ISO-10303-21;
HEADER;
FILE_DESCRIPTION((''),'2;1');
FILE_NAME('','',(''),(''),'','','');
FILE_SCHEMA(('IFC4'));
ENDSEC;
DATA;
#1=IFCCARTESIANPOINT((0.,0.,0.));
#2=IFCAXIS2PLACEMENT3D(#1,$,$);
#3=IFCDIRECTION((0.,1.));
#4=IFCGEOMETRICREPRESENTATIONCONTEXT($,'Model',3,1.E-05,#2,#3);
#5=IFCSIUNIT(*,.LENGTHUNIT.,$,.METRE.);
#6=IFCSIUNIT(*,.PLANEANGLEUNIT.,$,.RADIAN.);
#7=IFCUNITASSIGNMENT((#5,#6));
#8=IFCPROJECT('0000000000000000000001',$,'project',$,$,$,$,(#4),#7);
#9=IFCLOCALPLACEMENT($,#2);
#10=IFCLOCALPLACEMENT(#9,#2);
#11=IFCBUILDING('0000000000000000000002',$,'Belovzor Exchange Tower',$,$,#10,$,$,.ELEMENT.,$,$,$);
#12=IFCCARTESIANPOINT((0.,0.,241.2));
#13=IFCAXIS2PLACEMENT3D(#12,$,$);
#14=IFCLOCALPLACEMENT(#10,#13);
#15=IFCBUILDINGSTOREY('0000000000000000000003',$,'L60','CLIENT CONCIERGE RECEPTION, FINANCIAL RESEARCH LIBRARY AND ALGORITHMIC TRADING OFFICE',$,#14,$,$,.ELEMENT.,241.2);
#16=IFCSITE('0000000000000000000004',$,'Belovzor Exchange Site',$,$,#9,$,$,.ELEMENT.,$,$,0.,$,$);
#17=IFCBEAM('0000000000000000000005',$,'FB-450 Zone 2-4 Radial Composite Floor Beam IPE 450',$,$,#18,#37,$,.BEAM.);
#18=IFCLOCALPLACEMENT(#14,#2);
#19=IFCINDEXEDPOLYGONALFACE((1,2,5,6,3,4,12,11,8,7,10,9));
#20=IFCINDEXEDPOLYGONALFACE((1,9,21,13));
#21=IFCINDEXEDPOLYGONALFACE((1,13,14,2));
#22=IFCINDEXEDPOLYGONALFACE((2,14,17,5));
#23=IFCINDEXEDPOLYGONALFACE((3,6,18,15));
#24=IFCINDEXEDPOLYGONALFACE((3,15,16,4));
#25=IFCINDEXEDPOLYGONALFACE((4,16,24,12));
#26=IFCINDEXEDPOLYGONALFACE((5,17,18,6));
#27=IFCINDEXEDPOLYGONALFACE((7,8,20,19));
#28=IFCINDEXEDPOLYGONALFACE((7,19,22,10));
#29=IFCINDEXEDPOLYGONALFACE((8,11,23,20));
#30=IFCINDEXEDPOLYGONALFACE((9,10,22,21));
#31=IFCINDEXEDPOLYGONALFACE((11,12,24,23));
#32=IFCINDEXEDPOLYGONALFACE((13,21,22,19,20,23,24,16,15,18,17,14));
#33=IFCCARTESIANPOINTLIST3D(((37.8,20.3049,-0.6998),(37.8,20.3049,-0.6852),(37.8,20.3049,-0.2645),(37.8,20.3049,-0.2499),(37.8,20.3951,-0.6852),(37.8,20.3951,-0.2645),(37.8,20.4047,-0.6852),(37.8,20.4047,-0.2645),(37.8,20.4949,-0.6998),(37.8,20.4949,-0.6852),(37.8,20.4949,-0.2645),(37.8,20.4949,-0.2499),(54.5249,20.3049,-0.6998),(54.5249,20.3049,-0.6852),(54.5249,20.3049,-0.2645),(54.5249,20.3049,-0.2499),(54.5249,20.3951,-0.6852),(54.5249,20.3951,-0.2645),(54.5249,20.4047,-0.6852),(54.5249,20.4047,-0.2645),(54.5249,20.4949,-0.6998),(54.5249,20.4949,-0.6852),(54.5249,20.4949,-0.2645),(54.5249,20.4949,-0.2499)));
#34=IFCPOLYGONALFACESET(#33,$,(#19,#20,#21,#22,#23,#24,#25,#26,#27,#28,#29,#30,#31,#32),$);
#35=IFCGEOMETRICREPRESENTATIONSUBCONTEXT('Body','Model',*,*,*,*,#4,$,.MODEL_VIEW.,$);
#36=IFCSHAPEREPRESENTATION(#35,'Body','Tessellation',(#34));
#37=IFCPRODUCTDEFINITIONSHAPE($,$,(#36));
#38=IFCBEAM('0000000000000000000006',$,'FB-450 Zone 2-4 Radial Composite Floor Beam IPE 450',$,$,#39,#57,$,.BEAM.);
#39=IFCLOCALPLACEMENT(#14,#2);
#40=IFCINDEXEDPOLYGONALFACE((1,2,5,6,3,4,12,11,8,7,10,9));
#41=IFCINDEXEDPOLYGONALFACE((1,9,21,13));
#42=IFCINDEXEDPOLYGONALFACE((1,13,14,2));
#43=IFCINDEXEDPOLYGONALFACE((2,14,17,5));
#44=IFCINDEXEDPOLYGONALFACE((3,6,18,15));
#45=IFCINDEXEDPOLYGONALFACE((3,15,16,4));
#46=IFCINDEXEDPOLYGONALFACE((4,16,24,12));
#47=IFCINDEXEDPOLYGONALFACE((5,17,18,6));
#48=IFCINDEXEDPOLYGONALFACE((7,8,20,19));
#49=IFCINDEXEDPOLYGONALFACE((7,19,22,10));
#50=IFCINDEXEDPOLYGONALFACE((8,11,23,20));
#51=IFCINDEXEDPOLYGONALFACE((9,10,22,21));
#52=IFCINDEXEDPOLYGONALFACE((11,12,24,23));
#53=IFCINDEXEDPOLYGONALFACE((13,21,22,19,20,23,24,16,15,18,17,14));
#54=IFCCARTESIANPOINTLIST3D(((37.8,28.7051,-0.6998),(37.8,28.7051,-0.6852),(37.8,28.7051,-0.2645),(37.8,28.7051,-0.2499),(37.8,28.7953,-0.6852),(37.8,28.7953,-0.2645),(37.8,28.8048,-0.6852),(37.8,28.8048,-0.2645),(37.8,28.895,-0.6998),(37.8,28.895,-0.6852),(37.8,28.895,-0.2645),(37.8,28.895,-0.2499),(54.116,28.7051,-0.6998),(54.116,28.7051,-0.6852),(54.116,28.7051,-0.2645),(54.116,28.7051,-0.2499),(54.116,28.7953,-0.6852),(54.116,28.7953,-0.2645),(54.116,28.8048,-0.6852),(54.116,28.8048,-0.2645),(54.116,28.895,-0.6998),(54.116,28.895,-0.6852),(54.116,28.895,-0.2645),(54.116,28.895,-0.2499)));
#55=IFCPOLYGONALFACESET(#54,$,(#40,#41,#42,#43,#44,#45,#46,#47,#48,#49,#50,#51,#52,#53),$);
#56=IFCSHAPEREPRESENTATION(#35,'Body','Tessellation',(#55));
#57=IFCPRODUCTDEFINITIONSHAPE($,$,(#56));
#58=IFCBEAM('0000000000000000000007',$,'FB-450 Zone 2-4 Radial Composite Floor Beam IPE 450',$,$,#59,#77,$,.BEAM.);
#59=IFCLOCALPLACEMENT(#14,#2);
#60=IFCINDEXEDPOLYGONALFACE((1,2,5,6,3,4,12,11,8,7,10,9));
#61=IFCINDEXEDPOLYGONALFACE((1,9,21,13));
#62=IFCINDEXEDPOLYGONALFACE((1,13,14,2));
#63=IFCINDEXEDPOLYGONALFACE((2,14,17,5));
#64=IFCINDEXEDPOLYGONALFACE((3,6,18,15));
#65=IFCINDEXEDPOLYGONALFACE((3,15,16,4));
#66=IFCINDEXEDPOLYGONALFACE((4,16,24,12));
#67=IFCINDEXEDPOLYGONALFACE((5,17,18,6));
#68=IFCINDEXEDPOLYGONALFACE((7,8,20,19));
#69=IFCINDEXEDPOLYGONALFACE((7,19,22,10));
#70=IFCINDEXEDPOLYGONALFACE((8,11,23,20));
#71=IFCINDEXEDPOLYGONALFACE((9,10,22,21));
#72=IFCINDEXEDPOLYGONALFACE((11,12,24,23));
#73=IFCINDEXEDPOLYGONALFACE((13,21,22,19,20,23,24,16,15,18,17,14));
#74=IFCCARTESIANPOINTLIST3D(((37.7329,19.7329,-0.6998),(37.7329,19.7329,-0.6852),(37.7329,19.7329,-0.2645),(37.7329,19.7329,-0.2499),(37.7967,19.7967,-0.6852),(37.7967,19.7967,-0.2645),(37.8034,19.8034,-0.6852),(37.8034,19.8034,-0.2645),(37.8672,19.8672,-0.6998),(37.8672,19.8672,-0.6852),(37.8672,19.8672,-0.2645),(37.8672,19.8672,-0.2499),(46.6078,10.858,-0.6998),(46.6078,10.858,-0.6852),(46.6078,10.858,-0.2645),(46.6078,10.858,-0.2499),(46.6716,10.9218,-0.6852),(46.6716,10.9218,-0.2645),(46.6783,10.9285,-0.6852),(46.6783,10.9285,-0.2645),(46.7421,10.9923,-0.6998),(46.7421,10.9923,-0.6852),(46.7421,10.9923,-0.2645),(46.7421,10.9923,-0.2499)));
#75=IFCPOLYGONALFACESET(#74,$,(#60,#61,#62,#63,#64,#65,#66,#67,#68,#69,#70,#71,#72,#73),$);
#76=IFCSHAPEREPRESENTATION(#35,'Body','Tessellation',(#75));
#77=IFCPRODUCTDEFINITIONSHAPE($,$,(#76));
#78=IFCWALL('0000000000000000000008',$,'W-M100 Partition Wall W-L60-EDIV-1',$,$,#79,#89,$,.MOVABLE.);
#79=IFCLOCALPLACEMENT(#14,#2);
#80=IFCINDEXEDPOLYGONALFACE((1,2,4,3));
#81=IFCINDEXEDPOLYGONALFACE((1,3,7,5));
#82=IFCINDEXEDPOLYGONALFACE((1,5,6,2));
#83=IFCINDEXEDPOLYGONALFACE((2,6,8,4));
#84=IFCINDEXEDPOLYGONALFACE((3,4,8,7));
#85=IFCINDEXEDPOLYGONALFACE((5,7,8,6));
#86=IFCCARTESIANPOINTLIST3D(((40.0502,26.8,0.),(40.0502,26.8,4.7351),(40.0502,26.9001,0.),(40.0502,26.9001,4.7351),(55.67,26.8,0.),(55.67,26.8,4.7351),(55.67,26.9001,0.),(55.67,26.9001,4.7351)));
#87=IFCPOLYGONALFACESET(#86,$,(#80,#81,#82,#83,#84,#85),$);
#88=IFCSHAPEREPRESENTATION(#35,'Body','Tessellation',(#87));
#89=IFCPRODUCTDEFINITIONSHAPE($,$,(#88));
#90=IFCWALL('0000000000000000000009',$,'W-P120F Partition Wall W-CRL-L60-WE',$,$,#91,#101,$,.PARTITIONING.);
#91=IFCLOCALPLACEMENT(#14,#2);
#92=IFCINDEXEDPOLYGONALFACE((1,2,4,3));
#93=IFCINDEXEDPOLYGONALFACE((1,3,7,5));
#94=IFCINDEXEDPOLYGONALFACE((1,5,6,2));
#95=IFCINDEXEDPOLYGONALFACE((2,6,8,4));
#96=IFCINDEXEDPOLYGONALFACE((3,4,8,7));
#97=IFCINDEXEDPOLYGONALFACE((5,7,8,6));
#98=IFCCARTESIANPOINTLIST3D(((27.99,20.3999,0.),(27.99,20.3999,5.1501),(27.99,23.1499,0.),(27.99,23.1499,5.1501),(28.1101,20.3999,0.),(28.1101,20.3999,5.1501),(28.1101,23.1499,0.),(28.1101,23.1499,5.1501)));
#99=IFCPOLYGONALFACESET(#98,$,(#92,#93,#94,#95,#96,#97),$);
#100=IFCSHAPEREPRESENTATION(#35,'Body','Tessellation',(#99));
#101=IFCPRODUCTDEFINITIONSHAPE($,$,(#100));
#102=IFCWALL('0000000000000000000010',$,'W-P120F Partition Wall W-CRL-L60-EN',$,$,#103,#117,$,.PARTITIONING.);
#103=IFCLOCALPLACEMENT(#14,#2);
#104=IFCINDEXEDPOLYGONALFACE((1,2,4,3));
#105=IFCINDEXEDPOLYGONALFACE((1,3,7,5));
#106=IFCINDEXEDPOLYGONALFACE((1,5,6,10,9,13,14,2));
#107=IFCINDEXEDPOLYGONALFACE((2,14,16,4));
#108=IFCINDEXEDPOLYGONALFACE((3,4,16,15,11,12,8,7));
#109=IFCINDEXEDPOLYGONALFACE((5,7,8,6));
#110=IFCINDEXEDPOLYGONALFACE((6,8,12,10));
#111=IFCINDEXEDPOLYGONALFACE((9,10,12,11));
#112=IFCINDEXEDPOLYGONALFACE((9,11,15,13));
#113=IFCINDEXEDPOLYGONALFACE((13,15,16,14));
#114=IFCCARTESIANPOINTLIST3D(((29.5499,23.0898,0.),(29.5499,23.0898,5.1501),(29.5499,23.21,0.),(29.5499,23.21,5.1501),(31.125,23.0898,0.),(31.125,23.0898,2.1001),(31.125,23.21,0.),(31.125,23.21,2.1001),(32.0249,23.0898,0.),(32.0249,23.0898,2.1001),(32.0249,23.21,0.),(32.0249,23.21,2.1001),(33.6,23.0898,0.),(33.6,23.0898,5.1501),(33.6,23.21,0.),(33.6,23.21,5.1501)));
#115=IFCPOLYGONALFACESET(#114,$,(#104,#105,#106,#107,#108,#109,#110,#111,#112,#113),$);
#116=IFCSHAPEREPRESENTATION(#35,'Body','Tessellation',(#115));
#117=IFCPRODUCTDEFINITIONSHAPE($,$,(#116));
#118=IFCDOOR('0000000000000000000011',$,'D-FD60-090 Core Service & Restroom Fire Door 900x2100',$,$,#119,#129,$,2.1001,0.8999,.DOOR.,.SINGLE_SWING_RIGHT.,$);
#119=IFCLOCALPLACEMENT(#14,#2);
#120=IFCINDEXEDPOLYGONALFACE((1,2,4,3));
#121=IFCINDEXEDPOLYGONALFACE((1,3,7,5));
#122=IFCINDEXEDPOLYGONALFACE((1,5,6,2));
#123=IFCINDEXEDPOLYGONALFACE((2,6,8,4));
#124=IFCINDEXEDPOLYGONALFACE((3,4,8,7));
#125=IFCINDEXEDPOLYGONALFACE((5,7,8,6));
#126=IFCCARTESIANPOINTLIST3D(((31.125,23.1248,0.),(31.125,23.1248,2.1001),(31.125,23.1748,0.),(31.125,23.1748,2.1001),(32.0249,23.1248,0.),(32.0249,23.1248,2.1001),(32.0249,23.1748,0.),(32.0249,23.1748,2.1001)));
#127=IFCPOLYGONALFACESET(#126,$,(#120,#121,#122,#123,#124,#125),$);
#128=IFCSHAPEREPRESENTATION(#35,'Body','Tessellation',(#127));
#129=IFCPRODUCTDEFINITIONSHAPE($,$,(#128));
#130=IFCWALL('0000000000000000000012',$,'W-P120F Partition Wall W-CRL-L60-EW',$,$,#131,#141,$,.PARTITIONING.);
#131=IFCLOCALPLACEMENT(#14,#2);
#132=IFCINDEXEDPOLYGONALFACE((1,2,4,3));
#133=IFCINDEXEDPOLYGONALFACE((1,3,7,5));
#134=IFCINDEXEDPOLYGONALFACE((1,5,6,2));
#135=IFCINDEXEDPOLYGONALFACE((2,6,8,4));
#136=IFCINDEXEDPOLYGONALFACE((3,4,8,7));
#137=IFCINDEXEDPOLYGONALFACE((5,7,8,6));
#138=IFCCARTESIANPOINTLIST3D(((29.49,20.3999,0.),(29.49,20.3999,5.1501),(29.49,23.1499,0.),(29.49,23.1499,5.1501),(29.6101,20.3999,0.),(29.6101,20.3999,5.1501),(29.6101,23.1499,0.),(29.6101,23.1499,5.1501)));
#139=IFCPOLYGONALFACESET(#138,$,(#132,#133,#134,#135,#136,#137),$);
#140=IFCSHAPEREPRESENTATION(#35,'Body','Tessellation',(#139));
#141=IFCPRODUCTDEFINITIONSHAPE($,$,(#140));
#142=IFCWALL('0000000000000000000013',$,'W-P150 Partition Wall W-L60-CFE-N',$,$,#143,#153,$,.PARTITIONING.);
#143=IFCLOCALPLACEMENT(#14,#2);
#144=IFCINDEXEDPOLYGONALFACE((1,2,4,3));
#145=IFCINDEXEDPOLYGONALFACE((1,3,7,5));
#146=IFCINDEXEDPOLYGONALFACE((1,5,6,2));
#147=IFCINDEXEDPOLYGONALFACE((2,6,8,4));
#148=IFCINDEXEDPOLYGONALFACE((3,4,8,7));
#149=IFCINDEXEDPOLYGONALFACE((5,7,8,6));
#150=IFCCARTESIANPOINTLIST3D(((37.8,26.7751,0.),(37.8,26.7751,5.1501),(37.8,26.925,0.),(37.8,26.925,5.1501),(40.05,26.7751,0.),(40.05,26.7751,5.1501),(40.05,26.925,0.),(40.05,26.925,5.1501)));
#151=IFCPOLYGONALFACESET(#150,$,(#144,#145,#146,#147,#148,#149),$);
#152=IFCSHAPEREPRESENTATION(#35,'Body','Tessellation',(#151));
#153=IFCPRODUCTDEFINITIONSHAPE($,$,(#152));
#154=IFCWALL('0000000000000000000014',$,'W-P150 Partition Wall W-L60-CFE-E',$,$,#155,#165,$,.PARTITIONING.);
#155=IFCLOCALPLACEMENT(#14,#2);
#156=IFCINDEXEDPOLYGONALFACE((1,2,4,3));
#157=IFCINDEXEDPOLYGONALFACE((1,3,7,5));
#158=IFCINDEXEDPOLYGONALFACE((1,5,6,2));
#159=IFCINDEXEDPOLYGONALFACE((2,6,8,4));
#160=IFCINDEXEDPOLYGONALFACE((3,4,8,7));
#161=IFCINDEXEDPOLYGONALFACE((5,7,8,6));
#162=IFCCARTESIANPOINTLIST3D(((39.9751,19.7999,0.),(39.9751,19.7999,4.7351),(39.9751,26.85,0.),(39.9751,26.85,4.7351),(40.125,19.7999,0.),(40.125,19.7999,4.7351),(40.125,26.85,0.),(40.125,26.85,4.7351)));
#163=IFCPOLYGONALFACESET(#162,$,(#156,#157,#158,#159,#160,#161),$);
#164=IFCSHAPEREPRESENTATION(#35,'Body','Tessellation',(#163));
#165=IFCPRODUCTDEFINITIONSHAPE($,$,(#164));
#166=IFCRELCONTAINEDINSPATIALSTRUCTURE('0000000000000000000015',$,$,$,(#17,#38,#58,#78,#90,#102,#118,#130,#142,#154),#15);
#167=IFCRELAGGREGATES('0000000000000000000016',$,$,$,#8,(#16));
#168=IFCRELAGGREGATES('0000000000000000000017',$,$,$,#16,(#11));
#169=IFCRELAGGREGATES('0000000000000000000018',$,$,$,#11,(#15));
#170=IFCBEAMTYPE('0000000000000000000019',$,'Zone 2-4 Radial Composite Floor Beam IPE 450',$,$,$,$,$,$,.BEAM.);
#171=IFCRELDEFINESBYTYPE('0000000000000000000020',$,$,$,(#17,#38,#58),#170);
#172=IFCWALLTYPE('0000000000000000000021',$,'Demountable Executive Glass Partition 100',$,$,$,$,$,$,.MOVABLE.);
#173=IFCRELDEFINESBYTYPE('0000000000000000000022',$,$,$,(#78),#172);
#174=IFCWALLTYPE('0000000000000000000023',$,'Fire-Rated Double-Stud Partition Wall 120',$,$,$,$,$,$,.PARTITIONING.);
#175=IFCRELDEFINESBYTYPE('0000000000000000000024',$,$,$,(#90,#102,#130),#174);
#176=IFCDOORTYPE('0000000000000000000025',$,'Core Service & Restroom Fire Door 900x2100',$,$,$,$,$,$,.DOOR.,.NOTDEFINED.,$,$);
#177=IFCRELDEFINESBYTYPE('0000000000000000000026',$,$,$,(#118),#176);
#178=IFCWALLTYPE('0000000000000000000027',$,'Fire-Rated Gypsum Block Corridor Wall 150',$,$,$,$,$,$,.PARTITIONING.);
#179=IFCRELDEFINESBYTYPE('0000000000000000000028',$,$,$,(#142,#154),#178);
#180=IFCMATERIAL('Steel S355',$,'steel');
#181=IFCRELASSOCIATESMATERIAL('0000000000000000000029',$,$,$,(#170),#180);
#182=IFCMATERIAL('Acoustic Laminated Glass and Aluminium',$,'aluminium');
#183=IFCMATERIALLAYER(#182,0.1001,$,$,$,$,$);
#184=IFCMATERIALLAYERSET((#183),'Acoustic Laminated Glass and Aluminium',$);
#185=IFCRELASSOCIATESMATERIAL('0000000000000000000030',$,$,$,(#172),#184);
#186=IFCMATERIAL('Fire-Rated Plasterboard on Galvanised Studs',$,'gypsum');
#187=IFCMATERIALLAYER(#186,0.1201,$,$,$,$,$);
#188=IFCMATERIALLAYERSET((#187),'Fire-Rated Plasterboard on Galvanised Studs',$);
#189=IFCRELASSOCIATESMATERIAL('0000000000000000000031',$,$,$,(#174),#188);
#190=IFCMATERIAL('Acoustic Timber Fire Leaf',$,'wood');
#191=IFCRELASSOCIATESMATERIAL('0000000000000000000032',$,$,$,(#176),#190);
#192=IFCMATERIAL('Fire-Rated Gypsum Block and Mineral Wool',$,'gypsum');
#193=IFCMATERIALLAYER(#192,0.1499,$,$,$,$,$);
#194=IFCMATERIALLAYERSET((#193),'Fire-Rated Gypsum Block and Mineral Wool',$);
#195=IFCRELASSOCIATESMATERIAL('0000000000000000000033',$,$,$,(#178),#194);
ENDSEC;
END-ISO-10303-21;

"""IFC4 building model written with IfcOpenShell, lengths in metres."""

from ifc_helpers import new_model, si_unit, direction, frame, frame_2d, origin, origin_2d, place, context, subcontext, project, spatial, rectangle, i_section, extrude, material, layer, layer_set, material_profile, profile_set, type_object, element, fill, save


model = new_model("IFC4")

# Units and contexts
model_context = context("Model", 3, precision=1e-05, world=origin(), true_north=direction((0.0, 1.0)))
body_context = subcontext(model_context, "Body", "Model", "MODEL_VIEW")
ifc_project = project(units=[si_unit("LENGTHUNIT", "METRE"), si_unit("PLANEANGLEUNIT", "RADIAN")], contexts=[model_context])

# Site, building, storey
site_placement = place(None, origin())
site = spatial("IfcSite", under=ifc_project, at=site_placement, Name="Belovzor Exchange Site", CompositionType="ELEMENT", RefElevation=0.0)
building_placement = place(site_placement, origin())
building = spatial("IfcBuilding", under=site, at=building_placement, Name="Belovzor Exchange Tower", CompositionType="ELEMENT")
storey_placement = place(building_placement, frame((0.0, 0.0, 241.2)))
storey = spatial("IfcBuildingStorey", under=building, at=storey_placement, Name="L60", Description="CLIENT CONCIERGE RECEPTION, FINANCIAL RESEARCH LIBRARY AND ALGORITHMIC TRADING OFFICE", CompositionType="ELEMENT", Elevation=241.2)

# Beams
ifc_material_1 = material(Name="Steel S355", Category="steel")
ifc_material_profile = material_profile(ifc_material_1, i_section(OverallWidth=0.1899, OverallDepth=0.45, WebThickness=0.0095, FlangeThickness=0.0146, at=origin_2d()))
ifc_profile_set = profile_set([ifc_material_profile], Name="Steel S355")
beam_type = type_object("IfcBeamType", Name="Zone 2-4 Radial Composite Floor Beam IPE 450", PredefinedType="BEAM", material=ifc_profile_set)
beam_1_placement = place(storey_placement, frame((37.8, 20.3999, -0.4749), z_axis=(1.0, 0.0, 0.0), x_axis=(0.0, 1.0, 0.0)))
element("IfcBeam", 1, at=beam_1_placement, inside=storey, type_object=beam_type, Name="FB-450 Zone 2-4 Radial Composite Floor Beam IPE 450", PredefinedType="BEAM", context=body_context, shape_type="SweptSolid", body=[
    extrude(i_section(OverallWidth=0.1899, OverallDepth=0.45, WebThickness=0.0095, FlangeThickness=0.0146, at=origin_2d()), origin(), (0.0, 0.0, 1.0), 16.7249),
])
beam_2_placement = place(storey_placement, frame((37.8, 28.8, -0.4749), z_axis=(1.0, 0.0, 0.0), x_axis=(0.0, 1.0, 0.0)))
element("IfcBeam", 2, at=beam_2_placement, inside=storey, type_object=beam_type, Name="FB-450 Zone 2-4 Radial Composite Floor Beam IPE 450", PredefinedType="BEAM", context=body_context, shape_type="SweptSolid", body=[
    extrude(i_section(OverallWidth=0.1899, OverallDepth=0.45, WebThickness=0.0095, FlangeThickness=0.0146, at=origin_2d()), origin(), (0.0, 0.0, 1.0), 16.3159),
])
beam_3_placement = place(storey_placement, frame((37.8, 19.8, -0.4749), z_axis=(0.707107, -0.707107, 0.0), x_axis=(0.707107, 0.707107, 0.0)))
element("IfcBeam", 3, at=beam_3_placement, inside=storey, type_object=beam_type, Name="FB-450 Zone 2-4 Radial Composite Floor Beam IPE 450", PredefinedType="BEAM", context=body_context, shape_type="SweptSolid", body=[
    extrude(i_section(OverallWidth=0.1899, OverallDepth=0.45, WebThickness=0.0095, FlangeThickness=0.0146, at=origin_2d()), origin(), (0.0, 0.0, 1.0), 12.551),
])

# Walls
ifc_material_2 = material(Name="Acoustic Laminated Glass and Aluminium", Category="aluminium")
ifc_layer_1 = layer(ifc_material_2, 0.1001)
ifc_layer_set_1 = layer_set([ifc_layer_1], Name="Acoustic Laminated Glass and Aluminium")
wall_type_1 = type_object("IfcWallType", Name="Demountable Executive Glass Partition 100", PredefinedType="MOVABLE", material=ifc_layer_set_1)
wall_1_placement = place(storey_placement, frame((40.05, 26.8501, 0.0), z_axis=(0.0, 0.0, 1.0), x_axis=(1.0, 0.0, 0.0)))
element("IfcWall", 4, at=wall_1_placement, inside=storey, type_object=wall_type_1, Name="W-M100 Partition Wall W-L60-EDIV-1", PredefinedType="MOVABLE", context=body_context, shape_type="SweptSolid", body=[
    extrude(rectangle(XDim=15.6199, YDim=0.1001, at=frame_2d((7.8101, 0.0))), origin(), (0.0, 0.0, 1.0), 4.7351),
])
ifc_material_3 = material(Name="Fire-Rated Plasterboard on Galvanised Studs", Category="gypsum")
ifc_layer_2 = layer(ifc_material_3, 0.1201)
ifc_layer_set_2 = layer_set([ifc_layer_2], Name="Fire-Rated Plasterboard on Galvanised Studs")
wall_type_2 = type_object("IfcWallType", Name="Fire-Rated Double-Stud Partition Wall 120", PredefinedType="PARTITIONING", material=ifc_layer_set_2)
wall_2_placement = place(storey_placement, frame((28.05, 20.3999, 0.0), z_axis=(0.0, 0.0, 1.0), x_axis=(0.0, 1.0, 0.0)))
element("IfcWall", 5, at=wall_2_placement, inside=storey, type_object=wall_type_2, Name="W-P120F Partition Wall W-CRL-L60-WE", PredefinedType="PARTITIONING", context=body_context, shape_type="SweptSolid", body=[
    extrude(rectangle(XDim=2.75, YDim=0.1201, at=frame_2d((1.375, 0.0))), origin(), (0.0, 0.0, 1.0), 5.1501),
])

# Wall, opening, door
wall_3_placement = place(storey_placement, frame((29.55, 23.1499, 0.0), z_axis=(0.0, 0.0, 1.0), x_axis=(1.0, 0.0, 0.0)))
wall_3 = element("IfcWall", 6, at=wall_3_placement, inside=storey, type_object=wall_type_2, Name="W-P120F Partition Wall W-CRL-L60-EN", PredefinedType="PARTITIONING", context=body_context, shape_type="SweptSolid", body=[
    extrude(rectangle(XDim=4.05, YDim=0.1201, at=frame_2d((2.0249, 0.0))), origin(), (0.0, 0.0, 1.0), 5.1501),
])
opening_1_placement = place(wall_3_placement, frame((1.575, 0.0, 0.0)))
opening_1 = element("IfcOpeningElement", 7, at=opening_1_placement, cuts=wall_3, PredefinedType="OPENING", context=body_context, shape_type="SweptSolid", body=[
    extrude(rectangle(XDim=0.8999, YDim=2.1001, at=frame_2d((0.45, 1.05))), frame((0.0, 0.0701, 0.0), z_axis=(0.0, -1.0, 0.0), x_axis=(1.0, 0.0, 0.0)), (0.0, 0.0, 1.0), 0.1401),
])
ifc_material_4 = material(Name="Acoustic Timber Fire Leaf", Category="wood")
door_type_1 = type_object("IfcDoorType", Name="Core Service & Restroom Fire Door 900x2100", OperationType="NOTDEFINED", PredefinedType="DOOR", material=ifc_material_4)
door_1_placement = place(opening_1_placement, origin())
door_1 = element("IfcDoor", 8, at=door_1_placement, inside=storey, type_object=door_type_1, Name="D-FD60-090 Core Service & Restroom Fire Door 900x2100", OperationType="SINGLE_SWING_RIGHT", OverallHeight=2.1001, OverallWidth=0.8999, PredefinedType="DOOR", context=body_context, shape_type="SweptSolid", body=[
    extrude(rectangle(XDim=0.8999, YDim=2.1001, at=frame_2d((0.45, 1.05))), frame((0.0, 0.0249, 0.0), z_axis=(0.0, -1.0, 0.0), x_axis=(1.0, 0.0, 0.0)), (0.0, 0.0, 1.0), 0.05),
])
fill(opening_1, door_1)

# Walls
wall_4_placement = place(storey_placement, frame((29.55, 20.3999, 0.0), z_axis=(0.0, 0.0, 1.0), x_axis=(0.0, 1.0, 0.0)))
element("IfcWall", 9, at=wall_4_placement, inside=storey, type_object=wall_type_2, Name="W-P120F Partition Wall W-CRL-L60-EW", PredefinedType="PARTITIONING", context=body_context, shape_type="SweptSolid", body=[
    extrude(rectangle(XDim=2.75, YDim=0.1201, at=frame_2d((1.375, 0.0))), origin(), (0.0, 0.0, 1.0), 5.1501),
])
ifc_material_5 = material(Name="Fire-Rated Gypsum Block and Mineral Wool", Category="gypsum")
ifc_layer_3 = layer(ifc_material_5, 0.1499)
ifc_layer_set_3 = layer_set([ifc_layer_3], Name="Fire-Rated Gypsum Block and Mineral Wool")
wall_type_3 = type_object("IfcWallType", Name="Fire-Rated Gypsum Block Corridor Wall 150", PredefinedType="PARTITIONING", material=ifc_layer_set_3)
wall_5_placement = place(storey_placement, frame((37.8, 26.8501, 0.0), z_axis=(0.0, 0.0, 1.0), x_axis=(1.0, 0.0, 0.0)))
element("IfcWall", 10, at=wall_5_placement, inside=storey, type_object=wall_type_3, Name="W-P150 Partition Wall W-L60-CFE-N", PredefinedType="PARTITIONING", context=body_context, shape_type="SweptSolid", body=[
    extrude(rectangle(XDim=2.25, YDim=0.1499, at=frame_2d((1.125, 0.0))), origin(), (0.0, 0.0, 1.0), 5.1501),
])
wall_6_placement = place(storey_placement, frame((40.05, 19.8, 0.0), z_axis=(0.0, 0.0, 1.0), x_axis=(0.0, 1.0, 0.0)))
element("IfcWall", 11, at=wall_6_placement, inside=storey, type_object=wall_type_3, Name="W-P150 Partition Wall W-L60-CFE-E", PredefinedType="PARTITIONING", context=body_context, shape_type="SweptSolid", body=[
    extrude(rectangle(XDim=7.05, YDim=0.1499, at=frame_2d((3.5249, 0.0))), origin(), (0.0, 0.0, 1.0), 4.7351),
])

save(model, "model.ifc")
